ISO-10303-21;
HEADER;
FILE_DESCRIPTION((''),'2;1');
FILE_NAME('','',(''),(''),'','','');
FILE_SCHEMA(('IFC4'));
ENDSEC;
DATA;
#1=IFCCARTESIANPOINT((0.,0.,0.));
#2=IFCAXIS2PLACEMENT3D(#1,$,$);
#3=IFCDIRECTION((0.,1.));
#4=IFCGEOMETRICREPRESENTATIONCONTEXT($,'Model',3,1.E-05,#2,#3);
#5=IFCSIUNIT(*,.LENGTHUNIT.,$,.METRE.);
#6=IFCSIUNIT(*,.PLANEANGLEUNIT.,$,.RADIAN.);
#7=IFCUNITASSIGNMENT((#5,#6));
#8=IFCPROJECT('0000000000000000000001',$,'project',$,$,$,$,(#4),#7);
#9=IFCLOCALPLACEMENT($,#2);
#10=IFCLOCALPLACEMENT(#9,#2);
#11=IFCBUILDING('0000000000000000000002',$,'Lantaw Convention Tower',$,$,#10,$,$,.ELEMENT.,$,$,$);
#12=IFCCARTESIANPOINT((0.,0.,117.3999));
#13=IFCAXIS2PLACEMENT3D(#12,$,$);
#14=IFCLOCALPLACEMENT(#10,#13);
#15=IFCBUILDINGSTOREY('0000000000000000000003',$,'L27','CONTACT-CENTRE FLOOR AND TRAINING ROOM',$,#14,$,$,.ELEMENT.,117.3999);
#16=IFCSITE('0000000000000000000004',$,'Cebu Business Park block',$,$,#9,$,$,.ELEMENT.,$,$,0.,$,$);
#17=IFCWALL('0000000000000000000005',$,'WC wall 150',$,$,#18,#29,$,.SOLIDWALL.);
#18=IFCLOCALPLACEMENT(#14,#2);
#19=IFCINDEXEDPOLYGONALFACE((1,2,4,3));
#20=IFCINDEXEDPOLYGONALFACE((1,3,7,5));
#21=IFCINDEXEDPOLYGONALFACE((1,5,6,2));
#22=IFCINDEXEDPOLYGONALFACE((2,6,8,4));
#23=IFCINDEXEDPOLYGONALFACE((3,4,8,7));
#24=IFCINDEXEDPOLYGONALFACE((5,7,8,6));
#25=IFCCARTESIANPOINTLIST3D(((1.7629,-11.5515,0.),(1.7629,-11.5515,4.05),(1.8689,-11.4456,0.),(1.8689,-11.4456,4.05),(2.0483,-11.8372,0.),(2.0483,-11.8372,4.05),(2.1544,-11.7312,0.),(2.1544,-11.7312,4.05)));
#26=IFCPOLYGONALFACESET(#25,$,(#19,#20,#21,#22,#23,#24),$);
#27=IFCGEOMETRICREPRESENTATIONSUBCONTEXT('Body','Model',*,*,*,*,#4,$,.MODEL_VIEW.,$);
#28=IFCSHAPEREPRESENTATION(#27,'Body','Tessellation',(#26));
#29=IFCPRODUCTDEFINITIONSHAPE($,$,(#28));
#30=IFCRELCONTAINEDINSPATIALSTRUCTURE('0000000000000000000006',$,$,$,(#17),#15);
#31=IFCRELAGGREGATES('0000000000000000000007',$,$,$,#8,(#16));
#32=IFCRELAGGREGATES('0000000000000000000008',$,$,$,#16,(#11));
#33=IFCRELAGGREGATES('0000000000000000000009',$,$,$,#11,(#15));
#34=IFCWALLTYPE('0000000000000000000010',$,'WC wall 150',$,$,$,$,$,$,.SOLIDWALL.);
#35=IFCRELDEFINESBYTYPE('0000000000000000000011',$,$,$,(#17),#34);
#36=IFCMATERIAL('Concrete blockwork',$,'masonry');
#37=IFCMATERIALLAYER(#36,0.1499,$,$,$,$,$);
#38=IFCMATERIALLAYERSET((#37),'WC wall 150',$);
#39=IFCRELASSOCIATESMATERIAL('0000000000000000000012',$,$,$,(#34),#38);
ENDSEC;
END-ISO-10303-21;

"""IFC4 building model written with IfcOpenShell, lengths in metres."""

from ifc_helpers import new_model, si_unit, direction, frame, frame_2d, origin, place, context, subcontext, project, spatial, rectangle, extrude, material, layer, layer_set, type_object, element, save


model = new_model("IFC4")

# Units and contexts
model_context = context("Model", 3, precision=1e-05, world=origin(), true_north=direction((0.0, 1.0)))
body_context = subcontext(model_context, "Body", "Model", "MODEL_VIEW")
ifc_project = project(units=[si_unit("LENGTHUNIT", "METRE"), si_unit("PLANEANGLEUNIT", "RADIAN")], contexts=[model_context])

# Site, building, storey
site_placement = place(None, origin())
site = spatial("IfcSite", under=ifc_project, at=site_placement, Name="Cebu Business Park block", CompositionType="ELEMENT", RefElevation=0.0)
building_placement = place(site_placement, origin())
building = spatial("IfcBuilding", under=site, at=building_placement, Name="Lantaw Convention Tower", CompositionType="ELEMENT")
storey_placement = place(building_placement, frame((0.0, 0.0, 117.3999)))
storey = spatial("IfcBuildingStorey", under=building, at=storey_placement, Name="L27", Description="CONTACT-CENTRE FLOOR AND TRAINING ROOM", CompositionType="ELEMENT", Elevation=117.3999)

# Shared definitions
ifc_material_1 = material(Name="Concrete blockwork", Category="masonry")
ifc_layer_1 = layer(ifc_material_1, 0.1499)
ifc_layer_set_1 = layer_set([ifc_layer_1], Name="WC wall 150")
wall_type_1 = type_object("IfcWallType", Name="WC wall 150", PredefinedType="SOLIDWALL", material=ifc_layer_set_1)

# Wall
wall_1_placement = place(storey_placement, frame((1.8159, -11.4985, 0.0), z_axis=(0.0, 0.0, 1.0), x_axis=(0.706804, -0.707409, 0.0)))
element("IfcWall", 1, at=wall_1_placement, inside=storey, type_object=wall_type_1, Name="WC wall 150", PredefinedType="SOLIDWALL", context=body_context, shape_type="SweptSolid", body=[
    extrude(rectangle(XDim=0.4038, YDim=0.1499, at=frame_2d((0.2019, 0.0))), origin(), (0.0, 0.0, 1.0), 4.05),
])

save(model, "model.ifc")
